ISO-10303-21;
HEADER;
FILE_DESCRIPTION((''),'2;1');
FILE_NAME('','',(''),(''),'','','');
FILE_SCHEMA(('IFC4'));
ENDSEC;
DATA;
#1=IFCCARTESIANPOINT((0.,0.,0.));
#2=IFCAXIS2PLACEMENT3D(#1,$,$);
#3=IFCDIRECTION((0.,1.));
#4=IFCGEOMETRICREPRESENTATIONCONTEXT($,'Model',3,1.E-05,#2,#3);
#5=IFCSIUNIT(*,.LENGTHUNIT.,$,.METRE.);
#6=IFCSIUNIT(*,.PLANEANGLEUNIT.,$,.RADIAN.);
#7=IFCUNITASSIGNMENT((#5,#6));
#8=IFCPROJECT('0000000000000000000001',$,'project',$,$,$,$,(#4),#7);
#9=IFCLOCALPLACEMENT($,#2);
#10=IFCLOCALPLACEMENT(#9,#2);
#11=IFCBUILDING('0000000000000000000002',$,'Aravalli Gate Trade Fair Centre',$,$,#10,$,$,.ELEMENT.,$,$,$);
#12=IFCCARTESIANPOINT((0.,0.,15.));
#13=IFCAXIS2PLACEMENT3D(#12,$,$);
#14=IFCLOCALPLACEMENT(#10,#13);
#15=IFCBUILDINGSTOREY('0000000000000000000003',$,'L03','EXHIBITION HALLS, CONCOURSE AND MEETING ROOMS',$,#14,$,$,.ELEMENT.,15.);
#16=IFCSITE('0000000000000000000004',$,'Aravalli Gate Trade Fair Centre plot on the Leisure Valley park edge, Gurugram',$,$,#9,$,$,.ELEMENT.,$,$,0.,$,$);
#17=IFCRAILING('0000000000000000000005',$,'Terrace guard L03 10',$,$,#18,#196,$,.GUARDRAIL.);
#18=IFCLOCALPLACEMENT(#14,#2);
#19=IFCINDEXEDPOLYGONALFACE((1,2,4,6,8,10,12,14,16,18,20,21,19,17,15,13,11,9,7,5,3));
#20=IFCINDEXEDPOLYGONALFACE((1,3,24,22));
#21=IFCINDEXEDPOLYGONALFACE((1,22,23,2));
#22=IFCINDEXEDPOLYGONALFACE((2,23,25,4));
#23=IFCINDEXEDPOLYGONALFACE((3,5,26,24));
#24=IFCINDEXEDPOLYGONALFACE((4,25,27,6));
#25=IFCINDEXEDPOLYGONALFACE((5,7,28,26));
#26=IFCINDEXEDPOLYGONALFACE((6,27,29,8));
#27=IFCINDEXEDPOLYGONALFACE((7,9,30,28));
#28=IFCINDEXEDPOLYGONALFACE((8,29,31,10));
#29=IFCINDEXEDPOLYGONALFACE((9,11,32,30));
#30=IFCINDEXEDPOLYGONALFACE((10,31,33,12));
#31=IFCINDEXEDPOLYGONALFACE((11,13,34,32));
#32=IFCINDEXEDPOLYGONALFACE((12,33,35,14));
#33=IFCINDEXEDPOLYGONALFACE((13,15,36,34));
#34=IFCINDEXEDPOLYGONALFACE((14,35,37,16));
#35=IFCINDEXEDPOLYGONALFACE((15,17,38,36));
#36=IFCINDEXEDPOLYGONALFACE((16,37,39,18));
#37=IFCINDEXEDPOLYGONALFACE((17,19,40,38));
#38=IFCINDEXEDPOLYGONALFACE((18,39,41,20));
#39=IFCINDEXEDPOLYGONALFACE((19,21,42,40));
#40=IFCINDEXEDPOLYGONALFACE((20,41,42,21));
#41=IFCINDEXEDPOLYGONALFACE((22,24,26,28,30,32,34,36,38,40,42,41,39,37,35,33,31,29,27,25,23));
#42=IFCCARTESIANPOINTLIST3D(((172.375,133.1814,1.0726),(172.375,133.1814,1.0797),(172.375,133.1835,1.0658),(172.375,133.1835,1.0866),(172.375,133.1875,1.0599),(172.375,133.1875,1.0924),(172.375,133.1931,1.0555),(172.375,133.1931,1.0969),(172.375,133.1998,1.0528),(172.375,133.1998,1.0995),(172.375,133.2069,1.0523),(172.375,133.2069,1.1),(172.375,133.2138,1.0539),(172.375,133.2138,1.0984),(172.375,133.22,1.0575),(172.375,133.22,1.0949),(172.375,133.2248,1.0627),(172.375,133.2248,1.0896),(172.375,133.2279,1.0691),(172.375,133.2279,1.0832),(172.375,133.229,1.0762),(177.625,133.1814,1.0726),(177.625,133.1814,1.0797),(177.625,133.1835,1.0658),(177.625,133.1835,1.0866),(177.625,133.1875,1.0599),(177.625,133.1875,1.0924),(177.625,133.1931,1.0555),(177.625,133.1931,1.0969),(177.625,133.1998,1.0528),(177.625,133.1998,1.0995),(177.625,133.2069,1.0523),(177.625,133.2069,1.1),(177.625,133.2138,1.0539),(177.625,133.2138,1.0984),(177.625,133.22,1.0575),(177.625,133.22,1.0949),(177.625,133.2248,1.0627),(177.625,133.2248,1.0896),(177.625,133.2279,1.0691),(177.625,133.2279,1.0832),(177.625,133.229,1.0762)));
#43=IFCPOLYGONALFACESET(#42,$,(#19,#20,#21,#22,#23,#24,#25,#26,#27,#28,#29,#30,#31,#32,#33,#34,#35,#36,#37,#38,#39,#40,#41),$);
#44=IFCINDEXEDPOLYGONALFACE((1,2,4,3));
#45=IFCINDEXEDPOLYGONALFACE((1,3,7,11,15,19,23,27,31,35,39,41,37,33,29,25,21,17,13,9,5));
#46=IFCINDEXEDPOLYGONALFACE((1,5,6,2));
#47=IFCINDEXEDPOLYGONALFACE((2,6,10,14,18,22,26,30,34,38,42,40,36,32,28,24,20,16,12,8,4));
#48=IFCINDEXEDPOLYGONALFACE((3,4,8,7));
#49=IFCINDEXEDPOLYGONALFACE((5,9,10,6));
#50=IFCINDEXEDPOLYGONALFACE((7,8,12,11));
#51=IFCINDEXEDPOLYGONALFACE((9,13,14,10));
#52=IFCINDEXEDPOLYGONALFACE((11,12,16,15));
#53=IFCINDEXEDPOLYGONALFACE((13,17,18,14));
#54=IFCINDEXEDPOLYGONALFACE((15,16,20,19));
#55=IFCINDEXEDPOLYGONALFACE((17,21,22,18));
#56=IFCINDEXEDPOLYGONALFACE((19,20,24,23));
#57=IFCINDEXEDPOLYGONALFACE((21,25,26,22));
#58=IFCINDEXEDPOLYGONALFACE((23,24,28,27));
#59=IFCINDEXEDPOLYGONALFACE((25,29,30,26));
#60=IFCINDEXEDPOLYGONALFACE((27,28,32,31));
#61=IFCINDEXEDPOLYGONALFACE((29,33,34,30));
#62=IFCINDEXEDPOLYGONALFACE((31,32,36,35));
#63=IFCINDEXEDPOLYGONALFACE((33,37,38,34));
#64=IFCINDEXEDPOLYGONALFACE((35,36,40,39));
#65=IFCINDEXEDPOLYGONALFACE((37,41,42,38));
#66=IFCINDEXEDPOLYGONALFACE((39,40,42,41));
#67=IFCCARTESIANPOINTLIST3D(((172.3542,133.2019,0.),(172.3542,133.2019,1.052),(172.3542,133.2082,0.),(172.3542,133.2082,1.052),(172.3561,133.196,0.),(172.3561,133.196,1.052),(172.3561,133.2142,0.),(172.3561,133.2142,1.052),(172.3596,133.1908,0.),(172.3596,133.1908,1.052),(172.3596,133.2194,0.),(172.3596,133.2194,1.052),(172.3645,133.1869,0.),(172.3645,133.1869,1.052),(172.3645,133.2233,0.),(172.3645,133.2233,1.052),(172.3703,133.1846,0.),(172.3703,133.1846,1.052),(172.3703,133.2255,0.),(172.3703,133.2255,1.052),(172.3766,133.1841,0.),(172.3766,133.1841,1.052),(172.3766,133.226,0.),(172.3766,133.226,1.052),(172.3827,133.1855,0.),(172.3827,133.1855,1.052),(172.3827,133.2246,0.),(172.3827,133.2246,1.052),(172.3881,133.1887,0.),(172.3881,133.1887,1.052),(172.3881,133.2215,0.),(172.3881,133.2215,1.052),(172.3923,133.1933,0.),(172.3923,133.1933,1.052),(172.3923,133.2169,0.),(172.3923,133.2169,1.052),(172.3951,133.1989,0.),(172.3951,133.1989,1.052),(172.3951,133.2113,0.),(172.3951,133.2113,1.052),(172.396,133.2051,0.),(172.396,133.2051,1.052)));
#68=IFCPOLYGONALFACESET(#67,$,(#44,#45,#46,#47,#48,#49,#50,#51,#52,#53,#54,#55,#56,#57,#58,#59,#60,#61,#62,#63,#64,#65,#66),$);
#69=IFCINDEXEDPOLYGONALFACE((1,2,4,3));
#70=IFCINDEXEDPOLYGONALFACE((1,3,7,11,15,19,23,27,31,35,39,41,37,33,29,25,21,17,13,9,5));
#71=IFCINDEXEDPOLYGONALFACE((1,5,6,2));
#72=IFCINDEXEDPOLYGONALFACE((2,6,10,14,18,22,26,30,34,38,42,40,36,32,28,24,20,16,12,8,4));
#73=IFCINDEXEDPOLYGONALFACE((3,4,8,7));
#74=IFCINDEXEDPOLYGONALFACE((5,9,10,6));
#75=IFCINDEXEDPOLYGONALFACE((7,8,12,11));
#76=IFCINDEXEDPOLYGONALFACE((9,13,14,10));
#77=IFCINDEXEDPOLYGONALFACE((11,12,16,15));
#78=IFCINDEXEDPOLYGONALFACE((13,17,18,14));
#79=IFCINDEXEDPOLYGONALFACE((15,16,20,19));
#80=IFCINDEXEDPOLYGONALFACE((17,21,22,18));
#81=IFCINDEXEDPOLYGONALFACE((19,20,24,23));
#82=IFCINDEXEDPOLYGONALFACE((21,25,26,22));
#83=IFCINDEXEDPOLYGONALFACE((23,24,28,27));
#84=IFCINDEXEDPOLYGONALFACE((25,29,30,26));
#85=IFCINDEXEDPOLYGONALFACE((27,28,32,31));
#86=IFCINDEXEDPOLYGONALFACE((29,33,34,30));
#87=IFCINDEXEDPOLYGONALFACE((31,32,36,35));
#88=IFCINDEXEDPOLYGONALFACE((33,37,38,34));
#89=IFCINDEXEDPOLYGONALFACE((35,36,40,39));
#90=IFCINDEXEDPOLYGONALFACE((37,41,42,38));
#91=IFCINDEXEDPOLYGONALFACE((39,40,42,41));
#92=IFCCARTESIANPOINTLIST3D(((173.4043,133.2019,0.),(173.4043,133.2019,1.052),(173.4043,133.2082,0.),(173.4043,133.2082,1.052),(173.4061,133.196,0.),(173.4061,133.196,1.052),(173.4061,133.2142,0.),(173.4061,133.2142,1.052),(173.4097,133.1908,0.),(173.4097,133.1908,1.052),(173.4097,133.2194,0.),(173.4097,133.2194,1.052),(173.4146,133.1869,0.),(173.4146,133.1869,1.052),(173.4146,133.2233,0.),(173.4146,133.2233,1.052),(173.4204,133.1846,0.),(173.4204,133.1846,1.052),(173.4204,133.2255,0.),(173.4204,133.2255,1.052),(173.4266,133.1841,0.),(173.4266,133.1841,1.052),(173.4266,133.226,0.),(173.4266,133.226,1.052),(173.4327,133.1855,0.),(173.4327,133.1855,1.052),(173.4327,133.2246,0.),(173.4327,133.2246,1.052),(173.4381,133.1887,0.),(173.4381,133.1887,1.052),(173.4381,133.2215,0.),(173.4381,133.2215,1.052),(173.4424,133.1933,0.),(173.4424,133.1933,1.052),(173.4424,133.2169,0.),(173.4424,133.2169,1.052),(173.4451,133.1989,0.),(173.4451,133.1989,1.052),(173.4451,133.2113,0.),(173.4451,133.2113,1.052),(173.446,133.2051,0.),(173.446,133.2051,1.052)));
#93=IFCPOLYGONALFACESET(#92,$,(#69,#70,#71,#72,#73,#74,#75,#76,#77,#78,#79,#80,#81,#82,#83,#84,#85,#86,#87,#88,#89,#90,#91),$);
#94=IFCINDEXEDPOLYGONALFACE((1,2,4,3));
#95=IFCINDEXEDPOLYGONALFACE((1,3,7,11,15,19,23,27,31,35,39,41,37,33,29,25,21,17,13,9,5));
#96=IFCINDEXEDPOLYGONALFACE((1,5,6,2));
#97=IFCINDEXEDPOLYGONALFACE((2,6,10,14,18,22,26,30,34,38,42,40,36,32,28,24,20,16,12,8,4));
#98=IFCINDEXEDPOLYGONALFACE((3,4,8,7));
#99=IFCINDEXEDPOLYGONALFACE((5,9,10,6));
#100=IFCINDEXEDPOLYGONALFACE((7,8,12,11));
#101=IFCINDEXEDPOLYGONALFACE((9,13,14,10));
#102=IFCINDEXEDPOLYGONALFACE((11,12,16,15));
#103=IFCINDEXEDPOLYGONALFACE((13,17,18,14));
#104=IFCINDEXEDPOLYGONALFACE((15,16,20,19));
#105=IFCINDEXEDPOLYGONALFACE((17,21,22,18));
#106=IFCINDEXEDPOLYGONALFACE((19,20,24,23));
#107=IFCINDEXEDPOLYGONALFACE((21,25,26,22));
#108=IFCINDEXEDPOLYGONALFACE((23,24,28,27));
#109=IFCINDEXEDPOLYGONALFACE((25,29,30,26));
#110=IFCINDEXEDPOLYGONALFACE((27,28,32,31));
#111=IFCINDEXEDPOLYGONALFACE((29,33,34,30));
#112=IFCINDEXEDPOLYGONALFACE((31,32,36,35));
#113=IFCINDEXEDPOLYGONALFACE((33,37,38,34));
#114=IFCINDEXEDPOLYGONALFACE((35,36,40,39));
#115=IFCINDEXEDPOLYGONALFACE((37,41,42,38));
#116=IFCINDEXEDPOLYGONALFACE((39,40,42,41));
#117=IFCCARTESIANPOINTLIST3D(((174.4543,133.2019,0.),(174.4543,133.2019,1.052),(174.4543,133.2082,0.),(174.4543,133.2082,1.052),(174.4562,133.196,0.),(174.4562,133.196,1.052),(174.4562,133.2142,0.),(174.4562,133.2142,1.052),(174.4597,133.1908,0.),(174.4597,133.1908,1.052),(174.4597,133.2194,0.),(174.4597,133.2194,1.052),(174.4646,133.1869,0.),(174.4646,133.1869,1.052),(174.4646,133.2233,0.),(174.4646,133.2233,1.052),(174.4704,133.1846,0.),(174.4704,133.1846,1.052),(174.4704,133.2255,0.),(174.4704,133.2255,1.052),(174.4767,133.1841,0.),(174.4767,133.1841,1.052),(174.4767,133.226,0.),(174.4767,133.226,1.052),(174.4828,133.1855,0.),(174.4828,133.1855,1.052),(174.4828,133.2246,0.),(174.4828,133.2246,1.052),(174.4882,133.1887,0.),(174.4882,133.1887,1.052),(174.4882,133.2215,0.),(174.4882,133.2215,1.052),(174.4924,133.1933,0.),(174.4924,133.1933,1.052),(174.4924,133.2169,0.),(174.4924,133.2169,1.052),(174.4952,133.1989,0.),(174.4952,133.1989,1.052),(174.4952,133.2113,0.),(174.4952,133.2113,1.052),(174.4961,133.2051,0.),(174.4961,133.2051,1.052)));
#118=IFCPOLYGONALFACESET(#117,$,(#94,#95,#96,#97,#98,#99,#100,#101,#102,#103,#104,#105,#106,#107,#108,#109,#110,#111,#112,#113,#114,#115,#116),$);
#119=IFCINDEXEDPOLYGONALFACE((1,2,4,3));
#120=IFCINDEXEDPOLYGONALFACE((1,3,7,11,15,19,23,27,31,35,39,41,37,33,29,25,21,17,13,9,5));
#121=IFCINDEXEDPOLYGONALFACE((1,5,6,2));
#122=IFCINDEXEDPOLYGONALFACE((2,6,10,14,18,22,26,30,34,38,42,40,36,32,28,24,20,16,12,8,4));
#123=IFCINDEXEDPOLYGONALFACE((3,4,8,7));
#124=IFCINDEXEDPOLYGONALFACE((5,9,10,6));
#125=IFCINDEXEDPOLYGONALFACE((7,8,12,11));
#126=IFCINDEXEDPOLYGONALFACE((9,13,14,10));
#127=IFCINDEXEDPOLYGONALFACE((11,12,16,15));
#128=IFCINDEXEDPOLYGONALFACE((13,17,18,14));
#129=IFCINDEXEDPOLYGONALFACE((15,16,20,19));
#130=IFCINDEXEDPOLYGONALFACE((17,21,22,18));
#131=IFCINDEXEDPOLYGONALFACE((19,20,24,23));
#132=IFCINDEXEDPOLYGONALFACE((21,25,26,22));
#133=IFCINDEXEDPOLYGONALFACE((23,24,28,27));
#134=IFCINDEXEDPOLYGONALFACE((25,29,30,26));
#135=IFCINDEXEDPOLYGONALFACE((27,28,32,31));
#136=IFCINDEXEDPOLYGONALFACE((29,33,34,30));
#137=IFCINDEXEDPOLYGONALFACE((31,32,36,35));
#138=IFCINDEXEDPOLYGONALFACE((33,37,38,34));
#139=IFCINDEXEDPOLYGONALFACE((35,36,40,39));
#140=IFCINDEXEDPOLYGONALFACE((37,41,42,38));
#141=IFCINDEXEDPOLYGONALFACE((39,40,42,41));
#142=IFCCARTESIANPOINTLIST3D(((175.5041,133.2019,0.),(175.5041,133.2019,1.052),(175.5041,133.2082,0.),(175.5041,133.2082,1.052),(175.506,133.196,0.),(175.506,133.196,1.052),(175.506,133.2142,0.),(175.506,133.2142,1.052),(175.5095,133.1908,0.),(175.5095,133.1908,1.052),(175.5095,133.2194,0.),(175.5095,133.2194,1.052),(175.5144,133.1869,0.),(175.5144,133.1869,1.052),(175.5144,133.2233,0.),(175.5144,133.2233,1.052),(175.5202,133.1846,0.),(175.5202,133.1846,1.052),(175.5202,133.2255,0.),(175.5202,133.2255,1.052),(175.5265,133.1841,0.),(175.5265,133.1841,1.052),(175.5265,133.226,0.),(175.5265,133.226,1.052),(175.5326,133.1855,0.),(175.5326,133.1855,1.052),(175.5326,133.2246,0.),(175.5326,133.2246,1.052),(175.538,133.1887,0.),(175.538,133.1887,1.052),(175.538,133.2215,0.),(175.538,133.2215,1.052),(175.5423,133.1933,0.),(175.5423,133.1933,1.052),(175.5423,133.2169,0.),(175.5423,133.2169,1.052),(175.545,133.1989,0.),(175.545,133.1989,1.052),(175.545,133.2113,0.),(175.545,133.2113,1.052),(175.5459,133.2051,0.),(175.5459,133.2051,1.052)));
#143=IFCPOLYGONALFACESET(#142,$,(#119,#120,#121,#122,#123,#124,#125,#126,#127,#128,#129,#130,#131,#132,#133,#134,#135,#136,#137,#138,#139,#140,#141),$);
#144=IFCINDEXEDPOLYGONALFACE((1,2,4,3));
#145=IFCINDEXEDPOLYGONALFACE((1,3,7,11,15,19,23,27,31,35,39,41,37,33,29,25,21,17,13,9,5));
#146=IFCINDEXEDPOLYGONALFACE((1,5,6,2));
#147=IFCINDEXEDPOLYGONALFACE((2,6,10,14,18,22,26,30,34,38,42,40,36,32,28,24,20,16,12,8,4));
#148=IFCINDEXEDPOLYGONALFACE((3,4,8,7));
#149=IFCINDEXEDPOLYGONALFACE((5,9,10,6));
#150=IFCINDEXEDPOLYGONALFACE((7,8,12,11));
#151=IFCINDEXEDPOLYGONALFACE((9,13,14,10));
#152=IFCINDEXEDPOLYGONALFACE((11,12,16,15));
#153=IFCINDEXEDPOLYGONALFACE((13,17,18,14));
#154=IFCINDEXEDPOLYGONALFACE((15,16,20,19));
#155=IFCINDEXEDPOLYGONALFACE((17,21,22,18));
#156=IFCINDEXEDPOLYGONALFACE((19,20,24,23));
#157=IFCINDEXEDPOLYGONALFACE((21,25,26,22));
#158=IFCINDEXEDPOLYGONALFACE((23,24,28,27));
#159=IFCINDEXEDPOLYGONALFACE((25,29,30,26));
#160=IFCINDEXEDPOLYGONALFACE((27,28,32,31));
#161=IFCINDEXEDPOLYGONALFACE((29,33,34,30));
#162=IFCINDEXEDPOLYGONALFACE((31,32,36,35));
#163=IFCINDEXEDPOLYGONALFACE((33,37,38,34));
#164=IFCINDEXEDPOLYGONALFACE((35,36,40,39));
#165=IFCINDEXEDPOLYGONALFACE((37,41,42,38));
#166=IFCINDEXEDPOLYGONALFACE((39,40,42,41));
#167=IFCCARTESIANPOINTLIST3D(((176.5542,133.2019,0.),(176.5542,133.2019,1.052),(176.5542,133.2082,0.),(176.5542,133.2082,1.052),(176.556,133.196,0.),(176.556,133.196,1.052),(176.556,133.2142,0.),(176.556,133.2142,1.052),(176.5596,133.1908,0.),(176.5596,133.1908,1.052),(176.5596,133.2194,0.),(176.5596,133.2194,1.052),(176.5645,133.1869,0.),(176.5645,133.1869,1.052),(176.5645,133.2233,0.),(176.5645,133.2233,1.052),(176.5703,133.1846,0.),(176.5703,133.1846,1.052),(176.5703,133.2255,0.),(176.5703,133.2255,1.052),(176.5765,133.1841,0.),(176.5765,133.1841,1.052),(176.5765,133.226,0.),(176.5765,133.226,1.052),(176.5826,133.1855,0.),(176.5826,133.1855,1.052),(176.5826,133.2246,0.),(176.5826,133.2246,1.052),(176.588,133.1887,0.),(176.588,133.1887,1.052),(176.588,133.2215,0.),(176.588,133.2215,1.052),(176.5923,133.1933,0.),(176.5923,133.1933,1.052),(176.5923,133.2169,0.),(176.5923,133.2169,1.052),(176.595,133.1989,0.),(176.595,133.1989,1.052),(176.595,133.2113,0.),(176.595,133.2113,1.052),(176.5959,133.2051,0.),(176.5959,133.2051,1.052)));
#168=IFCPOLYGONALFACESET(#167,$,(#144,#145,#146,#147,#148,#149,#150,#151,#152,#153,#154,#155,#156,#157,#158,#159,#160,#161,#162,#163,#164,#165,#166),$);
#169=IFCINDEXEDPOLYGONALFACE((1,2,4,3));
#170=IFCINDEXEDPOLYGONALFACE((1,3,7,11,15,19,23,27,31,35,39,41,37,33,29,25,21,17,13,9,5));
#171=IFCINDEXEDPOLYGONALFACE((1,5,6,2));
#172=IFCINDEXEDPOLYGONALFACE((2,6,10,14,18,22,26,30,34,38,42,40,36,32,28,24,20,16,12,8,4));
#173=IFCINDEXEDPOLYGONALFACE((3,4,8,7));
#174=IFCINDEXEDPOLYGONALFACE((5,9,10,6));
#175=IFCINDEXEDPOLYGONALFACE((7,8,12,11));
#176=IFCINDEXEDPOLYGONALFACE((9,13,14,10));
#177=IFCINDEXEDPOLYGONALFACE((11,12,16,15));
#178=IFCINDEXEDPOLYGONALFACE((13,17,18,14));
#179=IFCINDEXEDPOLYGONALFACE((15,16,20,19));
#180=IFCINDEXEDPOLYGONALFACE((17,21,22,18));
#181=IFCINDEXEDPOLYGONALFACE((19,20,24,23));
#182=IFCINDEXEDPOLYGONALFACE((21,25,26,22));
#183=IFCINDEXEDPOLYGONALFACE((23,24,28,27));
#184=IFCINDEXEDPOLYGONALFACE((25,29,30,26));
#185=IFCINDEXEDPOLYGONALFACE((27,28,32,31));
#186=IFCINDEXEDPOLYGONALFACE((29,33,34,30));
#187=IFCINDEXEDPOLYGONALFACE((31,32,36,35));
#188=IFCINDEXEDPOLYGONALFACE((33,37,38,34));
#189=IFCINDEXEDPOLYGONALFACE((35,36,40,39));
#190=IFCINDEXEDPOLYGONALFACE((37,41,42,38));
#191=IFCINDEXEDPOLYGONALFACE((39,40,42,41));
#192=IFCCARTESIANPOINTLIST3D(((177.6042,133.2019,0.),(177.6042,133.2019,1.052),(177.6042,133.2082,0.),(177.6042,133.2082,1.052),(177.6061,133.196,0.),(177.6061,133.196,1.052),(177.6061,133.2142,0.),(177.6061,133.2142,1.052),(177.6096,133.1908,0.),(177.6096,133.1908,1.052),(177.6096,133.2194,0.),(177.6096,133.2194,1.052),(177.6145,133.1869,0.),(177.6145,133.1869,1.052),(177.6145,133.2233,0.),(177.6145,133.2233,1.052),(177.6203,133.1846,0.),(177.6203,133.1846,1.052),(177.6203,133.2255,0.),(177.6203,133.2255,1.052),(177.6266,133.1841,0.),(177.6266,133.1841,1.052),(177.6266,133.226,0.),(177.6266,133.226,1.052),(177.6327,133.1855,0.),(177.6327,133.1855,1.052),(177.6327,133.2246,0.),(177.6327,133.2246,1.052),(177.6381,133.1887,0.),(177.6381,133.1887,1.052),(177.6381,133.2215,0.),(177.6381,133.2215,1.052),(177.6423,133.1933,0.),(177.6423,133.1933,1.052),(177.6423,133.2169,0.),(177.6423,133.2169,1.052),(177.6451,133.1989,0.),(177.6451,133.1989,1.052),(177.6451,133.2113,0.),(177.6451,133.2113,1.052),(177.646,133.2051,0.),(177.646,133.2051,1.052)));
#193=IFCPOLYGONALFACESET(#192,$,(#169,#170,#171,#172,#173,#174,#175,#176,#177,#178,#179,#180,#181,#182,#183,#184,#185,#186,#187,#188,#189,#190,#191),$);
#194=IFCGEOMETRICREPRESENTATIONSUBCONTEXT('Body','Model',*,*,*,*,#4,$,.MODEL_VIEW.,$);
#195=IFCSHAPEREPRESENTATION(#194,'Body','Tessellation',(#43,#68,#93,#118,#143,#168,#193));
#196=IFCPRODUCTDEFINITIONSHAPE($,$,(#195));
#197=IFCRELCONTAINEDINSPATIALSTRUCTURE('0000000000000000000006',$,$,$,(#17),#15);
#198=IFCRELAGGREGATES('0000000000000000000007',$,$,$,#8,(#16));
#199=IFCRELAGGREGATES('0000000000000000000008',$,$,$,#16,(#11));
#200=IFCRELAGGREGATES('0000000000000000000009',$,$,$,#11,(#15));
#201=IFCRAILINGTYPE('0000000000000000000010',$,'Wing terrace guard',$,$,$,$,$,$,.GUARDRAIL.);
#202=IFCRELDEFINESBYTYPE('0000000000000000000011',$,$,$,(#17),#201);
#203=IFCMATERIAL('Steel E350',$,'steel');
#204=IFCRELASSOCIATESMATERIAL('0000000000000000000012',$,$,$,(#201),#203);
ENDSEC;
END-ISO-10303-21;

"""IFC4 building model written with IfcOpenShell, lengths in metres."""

from ifc_helpers import new_model, si_unit, direction, frame, origin, origin_2d, place, context, subcontext, project, spatial, circle, extrude, material, type_object, element, save


model = new_model("IFC4")

# Units and contexts
model_context = context("Model", 3, precision=1e-05, world=origin(), true_north=direction((0.0, 1.0)))
body_context = subcontext(model_context, "Body", "Model", "MODEL_VIEW")
ifc_project = project(units=[si_unit("LENGTHUNIT", "METRE"), si_unit("PLANEANGLEUNIT", "RADIAN")], contexts=[model_context])

# Site, building, storey
site_placement = place(None, origin())
site = spatial("IfcSite", under=ifc_project, at=site_placement, Name="Aravalli Gate Trade Fair Centre plot on the Leisure Valley park edge, Gurugram", CompositionType="ELEMENT", RefElevation=0.0)
building_placement = place(site_placement, origin())
building = spatial("IfcBuilding", under=site, at=building_placement, Name="Aravalli Gate Trade Fair Centre", CompositionType="ELEMENT")
storey_placement = place(building_placement, frame((0.0, 0.0, 15.0)))
storey = spatial("IfcBuildingStorey", under=building, at=storey_placement, Name="L03", Description="EXHIBITION HALLS, CONCOURSE AND MEETING ROOMS", CompositionType="ELEMENT", Elevation=15.0)

# Shared definitions
ifc_material_1 = material(Name="Steel E350", Category="steel")

# Railing
railing_type = type_object("IfcRailingType", Name="Wing terrace guard", PredefinedType="GUARDRAIL", material=ifc_material_1)
railing_1_placement = place(storey_placement, frame((172.375, 133.2051, 0.0)))
element("IfcRailing", 1, at=railing_1_placement, inside=storey, type_object=railing_type, Name="Terrace guard L03 10", PredefinedType="GUARDRAIL", context=body_context, shape_type="SweptSolid", body=[
    extrude(circle(Radius=0.0239, at=origin_2d()), frame((0.0, 0.0, 1.0762), z_axis=(1.0, 0.0, 0.0), x_axis=(0.0, 1.0, 0.0)), (0.0, 0.0, 1.0), 5.25),
    extrude(circle(Radius=0.021, at=origin_2d()), origin(), (0.0, 0.0, 1.0), 1.052),
    extrude(circle(Radius=0.021, at=origin_2d()), frame((1.05, 0.0, 0.0)), (0.0, 0.0, 1.0), 1.052),
    extrude(circle(Radius=0.021, at=origin_2d()), frame((2.1001, 0.0, 0.0)), (0.0, 0.0, 1.0), 1.052),
    extrude(circle(Radius=0.021, at=origin_2d()), frame((3.1499, 0.0, 0.0)), (0.0, 0.0, 1.0), 1.052),
    extrude(circle(Radius=0.021, at=origin_2d()), frame((4.2, 0.0, 0.0)), (0.0, 0.0, 1.0), 1.052),
    extrude(circle(Radius=0.021, at=origin_2d()), frame((5.25, 0.0, 0.0)), (0.0, 0.0, 1.0), 1.052),
])

save(model, "model.ifc")
